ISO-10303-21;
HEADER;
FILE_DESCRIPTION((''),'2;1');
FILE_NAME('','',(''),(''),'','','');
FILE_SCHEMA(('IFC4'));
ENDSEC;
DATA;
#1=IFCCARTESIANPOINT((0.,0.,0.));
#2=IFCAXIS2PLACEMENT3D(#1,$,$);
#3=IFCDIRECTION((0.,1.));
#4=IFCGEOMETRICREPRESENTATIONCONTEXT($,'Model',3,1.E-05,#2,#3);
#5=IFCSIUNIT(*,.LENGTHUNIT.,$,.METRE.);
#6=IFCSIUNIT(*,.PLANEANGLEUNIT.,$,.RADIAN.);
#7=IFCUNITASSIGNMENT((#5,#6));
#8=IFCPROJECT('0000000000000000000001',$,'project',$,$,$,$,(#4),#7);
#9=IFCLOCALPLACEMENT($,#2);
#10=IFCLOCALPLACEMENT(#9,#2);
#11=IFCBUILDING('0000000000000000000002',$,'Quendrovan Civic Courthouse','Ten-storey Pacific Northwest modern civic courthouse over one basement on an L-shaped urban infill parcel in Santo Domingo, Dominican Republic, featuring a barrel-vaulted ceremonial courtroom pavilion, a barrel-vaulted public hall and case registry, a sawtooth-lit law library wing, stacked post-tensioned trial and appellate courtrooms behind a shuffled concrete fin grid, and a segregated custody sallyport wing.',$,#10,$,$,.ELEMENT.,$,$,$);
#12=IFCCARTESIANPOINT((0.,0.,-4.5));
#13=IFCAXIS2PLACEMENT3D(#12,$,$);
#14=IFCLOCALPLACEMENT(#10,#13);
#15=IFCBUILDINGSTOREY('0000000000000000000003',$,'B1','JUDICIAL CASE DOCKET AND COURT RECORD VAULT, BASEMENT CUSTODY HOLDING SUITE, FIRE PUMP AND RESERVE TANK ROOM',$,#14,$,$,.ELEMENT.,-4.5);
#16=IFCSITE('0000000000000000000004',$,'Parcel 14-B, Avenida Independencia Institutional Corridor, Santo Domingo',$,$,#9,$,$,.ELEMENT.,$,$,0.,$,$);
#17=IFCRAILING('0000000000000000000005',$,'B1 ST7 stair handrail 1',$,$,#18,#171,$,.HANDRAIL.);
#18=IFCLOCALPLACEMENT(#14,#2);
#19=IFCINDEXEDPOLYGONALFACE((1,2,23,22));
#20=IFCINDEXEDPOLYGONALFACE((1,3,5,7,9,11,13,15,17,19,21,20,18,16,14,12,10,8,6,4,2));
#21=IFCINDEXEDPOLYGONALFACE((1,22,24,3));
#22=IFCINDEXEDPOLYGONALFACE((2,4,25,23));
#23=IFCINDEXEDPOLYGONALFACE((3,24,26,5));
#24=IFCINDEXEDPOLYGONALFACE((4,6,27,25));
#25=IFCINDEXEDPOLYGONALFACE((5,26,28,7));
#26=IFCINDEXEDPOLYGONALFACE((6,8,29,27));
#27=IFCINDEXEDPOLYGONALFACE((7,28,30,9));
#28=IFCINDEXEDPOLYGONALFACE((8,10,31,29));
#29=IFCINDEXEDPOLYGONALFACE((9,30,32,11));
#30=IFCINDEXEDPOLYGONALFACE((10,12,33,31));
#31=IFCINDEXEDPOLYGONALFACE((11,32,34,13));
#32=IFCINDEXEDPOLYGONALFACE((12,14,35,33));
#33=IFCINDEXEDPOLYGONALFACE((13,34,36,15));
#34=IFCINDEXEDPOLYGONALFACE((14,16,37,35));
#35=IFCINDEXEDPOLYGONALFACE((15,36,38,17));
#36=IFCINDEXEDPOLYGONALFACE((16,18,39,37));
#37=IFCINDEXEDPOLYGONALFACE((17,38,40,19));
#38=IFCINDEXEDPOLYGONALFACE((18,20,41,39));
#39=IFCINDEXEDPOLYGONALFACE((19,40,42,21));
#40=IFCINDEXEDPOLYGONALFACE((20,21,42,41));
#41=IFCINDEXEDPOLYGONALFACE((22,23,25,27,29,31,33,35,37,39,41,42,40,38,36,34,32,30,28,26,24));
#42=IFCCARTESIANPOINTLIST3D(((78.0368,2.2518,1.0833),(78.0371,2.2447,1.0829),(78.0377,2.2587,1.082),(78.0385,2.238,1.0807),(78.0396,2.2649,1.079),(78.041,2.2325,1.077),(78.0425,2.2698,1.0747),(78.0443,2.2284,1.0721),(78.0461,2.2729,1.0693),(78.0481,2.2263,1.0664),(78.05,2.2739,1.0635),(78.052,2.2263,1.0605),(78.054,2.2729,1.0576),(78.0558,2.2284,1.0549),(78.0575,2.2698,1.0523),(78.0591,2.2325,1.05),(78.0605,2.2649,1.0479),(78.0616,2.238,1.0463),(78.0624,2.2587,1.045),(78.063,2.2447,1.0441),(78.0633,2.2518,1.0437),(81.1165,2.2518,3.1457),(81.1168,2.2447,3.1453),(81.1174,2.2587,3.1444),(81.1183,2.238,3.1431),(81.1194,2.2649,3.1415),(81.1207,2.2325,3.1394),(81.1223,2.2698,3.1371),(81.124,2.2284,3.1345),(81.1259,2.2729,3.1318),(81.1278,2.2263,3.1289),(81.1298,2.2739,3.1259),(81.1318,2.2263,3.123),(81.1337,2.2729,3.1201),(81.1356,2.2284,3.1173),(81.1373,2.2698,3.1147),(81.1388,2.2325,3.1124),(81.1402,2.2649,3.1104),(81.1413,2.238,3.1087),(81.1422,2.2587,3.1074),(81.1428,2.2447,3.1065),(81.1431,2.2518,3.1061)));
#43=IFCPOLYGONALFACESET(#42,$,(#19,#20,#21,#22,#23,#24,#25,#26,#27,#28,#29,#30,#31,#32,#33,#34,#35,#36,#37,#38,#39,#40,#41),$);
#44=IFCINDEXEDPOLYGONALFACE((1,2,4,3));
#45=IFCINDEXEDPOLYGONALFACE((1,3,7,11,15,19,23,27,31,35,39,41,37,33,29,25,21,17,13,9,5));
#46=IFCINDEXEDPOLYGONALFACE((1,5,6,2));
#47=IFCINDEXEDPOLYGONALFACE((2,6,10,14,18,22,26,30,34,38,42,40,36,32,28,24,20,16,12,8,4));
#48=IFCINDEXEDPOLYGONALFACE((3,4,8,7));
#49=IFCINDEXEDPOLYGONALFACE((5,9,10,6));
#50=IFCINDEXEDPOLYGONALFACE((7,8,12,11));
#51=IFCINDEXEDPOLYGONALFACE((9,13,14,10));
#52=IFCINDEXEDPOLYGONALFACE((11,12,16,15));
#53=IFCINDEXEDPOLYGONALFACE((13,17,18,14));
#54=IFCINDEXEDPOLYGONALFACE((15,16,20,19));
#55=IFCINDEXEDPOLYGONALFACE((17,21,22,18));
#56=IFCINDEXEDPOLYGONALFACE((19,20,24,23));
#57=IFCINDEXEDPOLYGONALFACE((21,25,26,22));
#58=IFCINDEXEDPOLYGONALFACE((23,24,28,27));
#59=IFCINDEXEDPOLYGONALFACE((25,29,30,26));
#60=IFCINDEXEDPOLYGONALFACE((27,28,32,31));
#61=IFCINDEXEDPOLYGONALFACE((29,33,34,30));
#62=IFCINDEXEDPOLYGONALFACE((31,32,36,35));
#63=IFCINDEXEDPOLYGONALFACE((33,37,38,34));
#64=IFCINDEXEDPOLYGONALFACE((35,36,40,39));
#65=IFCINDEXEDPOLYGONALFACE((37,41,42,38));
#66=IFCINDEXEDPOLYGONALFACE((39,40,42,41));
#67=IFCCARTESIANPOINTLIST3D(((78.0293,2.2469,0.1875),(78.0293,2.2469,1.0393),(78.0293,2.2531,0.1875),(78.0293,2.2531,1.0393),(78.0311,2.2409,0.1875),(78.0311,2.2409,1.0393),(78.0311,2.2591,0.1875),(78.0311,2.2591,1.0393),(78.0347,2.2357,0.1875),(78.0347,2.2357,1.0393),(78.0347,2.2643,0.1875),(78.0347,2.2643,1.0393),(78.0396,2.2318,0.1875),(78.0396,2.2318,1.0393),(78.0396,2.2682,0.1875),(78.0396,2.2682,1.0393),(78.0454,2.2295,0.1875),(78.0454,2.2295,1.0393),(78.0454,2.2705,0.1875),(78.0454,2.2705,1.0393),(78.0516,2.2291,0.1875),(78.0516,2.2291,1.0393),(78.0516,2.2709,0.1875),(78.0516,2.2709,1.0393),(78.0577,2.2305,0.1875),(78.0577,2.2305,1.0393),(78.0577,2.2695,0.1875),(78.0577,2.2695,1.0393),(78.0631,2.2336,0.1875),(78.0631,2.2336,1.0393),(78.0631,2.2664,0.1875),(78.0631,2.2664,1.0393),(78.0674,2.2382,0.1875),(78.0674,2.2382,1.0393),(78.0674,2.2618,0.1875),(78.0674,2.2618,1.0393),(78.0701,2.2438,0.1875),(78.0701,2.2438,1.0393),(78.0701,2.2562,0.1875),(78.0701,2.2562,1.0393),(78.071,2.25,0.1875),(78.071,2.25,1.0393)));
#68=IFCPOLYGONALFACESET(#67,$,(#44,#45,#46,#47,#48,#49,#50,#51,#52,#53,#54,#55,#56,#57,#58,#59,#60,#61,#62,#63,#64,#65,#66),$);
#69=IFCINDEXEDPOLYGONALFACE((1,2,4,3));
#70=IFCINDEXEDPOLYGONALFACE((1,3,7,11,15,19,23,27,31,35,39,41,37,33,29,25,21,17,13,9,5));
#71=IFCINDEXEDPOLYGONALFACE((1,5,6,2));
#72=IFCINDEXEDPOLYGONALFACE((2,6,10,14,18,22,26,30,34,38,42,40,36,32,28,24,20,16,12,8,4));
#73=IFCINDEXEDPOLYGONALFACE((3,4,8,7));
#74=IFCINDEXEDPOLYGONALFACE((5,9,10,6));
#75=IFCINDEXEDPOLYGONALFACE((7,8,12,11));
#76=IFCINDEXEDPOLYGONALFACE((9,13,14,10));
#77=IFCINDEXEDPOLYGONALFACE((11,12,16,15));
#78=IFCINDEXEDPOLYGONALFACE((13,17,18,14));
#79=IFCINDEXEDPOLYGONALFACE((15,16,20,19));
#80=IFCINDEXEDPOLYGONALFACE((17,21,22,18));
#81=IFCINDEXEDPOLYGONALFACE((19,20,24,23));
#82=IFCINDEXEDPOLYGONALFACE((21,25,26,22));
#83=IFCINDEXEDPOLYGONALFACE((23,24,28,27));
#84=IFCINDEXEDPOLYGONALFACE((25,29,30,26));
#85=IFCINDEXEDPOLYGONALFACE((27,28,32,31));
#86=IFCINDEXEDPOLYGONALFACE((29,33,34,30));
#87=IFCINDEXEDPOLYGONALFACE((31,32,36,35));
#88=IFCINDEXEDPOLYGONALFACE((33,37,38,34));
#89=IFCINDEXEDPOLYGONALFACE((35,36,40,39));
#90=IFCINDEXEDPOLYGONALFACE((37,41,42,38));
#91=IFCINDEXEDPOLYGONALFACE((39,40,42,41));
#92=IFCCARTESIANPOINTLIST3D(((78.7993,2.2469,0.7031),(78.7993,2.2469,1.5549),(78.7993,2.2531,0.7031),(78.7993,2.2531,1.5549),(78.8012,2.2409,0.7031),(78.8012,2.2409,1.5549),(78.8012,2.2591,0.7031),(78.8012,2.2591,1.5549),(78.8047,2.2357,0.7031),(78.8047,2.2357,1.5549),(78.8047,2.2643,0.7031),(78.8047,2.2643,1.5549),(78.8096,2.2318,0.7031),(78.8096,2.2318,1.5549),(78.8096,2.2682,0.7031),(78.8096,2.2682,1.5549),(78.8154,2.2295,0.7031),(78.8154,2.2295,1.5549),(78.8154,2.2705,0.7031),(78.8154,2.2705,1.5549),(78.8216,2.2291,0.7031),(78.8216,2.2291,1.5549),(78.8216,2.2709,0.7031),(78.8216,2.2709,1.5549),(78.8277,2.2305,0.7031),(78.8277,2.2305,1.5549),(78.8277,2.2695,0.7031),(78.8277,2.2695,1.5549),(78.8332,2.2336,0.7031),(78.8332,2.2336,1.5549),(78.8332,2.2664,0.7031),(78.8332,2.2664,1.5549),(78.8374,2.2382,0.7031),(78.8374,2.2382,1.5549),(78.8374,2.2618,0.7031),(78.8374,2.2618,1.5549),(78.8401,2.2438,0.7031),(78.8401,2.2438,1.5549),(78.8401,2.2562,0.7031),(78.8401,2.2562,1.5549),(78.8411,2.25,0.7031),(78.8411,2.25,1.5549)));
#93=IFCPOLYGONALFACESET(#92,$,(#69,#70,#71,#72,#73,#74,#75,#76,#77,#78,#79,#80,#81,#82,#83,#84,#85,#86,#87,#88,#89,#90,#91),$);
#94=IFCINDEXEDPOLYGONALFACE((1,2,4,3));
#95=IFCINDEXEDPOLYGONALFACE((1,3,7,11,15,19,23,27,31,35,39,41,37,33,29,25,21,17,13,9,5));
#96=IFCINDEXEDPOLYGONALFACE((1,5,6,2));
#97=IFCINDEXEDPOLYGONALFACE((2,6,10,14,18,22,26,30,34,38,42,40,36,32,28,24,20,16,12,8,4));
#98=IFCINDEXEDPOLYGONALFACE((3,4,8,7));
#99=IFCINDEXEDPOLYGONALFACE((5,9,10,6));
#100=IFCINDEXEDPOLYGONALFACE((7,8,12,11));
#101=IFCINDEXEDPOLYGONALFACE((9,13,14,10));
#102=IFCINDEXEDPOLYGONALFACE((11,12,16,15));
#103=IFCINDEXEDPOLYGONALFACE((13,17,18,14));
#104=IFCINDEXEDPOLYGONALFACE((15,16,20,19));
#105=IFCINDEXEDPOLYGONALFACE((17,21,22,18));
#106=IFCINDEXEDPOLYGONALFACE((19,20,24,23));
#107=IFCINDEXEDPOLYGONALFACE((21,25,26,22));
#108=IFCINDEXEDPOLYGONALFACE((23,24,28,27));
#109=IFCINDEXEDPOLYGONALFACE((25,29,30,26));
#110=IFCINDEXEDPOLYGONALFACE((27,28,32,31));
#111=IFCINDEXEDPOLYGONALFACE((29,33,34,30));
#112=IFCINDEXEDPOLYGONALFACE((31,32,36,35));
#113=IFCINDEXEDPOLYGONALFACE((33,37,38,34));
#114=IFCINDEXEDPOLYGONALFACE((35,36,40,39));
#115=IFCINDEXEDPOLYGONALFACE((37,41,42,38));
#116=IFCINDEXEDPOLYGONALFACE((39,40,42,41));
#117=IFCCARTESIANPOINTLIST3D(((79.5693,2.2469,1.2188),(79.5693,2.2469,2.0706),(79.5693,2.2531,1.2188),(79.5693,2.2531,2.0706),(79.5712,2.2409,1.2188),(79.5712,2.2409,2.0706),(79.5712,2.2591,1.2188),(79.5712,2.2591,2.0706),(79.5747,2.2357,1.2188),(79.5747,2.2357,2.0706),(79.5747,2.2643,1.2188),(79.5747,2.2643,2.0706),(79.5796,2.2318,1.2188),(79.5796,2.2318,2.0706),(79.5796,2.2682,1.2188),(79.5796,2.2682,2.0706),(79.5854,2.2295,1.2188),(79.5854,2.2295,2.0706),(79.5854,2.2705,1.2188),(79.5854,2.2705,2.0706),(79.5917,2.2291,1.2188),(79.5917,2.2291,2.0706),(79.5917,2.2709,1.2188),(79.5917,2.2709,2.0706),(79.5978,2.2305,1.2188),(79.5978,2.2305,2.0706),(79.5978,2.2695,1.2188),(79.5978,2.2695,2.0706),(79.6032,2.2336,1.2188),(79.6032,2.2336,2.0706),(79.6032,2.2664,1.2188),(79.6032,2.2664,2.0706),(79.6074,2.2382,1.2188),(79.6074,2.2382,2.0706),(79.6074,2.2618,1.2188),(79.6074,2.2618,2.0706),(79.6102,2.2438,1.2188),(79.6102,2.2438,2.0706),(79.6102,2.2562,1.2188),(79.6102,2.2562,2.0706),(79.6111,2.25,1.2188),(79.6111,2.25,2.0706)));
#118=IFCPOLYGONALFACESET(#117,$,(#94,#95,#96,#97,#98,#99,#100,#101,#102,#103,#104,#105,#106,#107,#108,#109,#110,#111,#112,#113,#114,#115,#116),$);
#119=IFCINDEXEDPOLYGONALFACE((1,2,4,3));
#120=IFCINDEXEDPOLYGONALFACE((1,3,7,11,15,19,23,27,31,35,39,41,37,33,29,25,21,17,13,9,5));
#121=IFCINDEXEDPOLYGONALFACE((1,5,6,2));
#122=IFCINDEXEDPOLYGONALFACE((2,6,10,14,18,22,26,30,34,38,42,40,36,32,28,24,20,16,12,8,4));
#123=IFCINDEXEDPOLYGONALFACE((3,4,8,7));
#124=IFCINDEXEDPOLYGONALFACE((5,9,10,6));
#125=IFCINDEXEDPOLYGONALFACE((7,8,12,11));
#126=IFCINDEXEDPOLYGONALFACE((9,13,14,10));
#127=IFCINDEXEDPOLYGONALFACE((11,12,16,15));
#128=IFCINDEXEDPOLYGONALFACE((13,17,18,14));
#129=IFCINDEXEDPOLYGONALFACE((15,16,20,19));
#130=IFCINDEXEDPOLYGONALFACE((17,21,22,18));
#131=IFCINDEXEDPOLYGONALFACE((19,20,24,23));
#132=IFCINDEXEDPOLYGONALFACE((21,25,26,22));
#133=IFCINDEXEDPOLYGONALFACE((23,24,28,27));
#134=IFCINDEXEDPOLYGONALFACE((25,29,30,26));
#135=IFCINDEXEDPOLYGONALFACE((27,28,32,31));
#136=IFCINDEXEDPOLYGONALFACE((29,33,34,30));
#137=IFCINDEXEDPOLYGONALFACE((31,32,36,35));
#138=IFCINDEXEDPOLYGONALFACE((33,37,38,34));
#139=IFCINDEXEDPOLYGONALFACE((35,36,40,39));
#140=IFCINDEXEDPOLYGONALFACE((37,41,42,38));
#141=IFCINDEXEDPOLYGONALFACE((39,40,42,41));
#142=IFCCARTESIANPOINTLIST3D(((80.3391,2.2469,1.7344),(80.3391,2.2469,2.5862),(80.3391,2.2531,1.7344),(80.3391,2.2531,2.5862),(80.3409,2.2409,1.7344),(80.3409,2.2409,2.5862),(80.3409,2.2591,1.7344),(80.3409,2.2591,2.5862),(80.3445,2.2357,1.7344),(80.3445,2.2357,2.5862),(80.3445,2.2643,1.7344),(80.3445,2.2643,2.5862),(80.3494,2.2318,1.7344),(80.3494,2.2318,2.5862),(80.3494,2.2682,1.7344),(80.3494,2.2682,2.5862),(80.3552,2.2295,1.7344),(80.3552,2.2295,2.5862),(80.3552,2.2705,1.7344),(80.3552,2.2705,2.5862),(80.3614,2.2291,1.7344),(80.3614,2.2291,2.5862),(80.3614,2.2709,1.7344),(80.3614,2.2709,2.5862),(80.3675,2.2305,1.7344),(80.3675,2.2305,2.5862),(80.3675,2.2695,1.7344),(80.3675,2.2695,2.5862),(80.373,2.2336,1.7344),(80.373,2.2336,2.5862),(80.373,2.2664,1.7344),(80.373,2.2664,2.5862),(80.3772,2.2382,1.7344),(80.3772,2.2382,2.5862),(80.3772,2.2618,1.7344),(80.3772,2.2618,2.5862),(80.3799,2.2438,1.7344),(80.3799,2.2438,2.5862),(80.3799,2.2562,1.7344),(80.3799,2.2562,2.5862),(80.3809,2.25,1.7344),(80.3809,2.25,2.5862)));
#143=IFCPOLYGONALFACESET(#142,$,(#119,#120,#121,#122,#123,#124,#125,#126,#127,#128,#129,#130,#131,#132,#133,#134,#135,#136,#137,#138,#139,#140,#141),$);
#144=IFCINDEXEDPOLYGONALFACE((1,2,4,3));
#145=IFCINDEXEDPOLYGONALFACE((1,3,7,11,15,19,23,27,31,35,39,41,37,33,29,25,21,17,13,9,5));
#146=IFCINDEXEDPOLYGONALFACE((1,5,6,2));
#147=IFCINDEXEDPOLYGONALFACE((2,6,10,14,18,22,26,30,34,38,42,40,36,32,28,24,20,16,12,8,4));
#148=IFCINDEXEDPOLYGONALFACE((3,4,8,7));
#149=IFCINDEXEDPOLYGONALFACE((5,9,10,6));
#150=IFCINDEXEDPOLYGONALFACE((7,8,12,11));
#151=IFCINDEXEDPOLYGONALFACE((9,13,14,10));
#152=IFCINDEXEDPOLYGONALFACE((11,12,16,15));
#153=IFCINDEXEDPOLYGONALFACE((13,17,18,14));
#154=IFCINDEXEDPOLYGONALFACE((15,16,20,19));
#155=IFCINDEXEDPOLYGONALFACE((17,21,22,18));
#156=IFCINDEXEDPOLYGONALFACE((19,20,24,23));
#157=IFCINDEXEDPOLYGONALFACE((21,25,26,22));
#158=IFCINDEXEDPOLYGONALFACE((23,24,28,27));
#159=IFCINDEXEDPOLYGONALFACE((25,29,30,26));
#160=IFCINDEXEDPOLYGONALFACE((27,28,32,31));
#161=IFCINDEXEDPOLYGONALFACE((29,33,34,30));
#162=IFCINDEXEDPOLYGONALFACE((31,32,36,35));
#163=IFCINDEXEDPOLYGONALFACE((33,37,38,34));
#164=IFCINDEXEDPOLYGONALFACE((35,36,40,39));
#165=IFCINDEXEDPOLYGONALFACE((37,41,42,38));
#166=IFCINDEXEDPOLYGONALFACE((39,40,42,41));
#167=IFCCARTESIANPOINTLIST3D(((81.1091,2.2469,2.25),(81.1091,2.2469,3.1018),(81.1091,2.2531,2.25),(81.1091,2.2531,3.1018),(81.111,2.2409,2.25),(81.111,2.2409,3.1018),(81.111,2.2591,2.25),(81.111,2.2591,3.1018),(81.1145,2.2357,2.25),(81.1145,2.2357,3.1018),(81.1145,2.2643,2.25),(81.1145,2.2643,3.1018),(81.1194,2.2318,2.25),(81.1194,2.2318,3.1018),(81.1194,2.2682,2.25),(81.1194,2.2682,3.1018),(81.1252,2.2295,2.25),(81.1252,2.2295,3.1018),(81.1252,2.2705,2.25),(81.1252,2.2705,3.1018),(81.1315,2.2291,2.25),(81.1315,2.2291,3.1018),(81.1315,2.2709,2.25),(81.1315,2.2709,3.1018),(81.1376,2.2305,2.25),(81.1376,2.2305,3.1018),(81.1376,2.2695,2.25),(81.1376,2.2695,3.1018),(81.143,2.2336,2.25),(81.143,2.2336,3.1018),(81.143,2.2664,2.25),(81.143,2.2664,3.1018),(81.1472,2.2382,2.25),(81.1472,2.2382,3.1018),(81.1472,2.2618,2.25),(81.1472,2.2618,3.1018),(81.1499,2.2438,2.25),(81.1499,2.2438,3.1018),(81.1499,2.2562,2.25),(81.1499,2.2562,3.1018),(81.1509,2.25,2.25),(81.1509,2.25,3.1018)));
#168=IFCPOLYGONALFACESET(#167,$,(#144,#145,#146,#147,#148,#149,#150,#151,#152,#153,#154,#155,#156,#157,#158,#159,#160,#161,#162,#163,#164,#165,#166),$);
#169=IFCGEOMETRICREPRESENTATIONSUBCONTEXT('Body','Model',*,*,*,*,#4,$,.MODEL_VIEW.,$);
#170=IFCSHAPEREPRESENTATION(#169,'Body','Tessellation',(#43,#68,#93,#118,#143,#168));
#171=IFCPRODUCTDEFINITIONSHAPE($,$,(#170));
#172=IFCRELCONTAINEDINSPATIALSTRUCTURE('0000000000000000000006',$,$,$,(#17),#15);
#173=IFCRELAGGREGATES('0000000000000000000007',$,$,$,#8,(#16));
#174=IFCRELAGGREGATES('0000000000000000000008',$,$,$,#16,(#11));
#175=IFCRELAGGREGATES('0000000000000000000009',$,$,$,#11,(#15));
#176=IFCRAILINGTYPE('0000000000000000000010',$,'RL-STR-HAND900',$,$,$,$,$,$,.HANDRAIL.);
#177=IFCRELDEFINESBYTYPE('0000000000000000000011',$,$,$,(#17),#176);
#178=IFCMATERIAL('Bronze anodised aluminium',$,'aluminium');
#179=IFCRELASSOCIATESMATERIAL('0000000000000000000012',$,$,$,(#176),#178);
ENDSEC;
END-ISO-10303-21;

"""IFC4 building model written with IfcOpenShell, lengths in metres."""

from ifc_helpers import new_model, si_unit, direction, frame, origin, origin_2d, place, context, subcontext, project, spatial, circle, extrude, material, type_object, element, save


model = new_model("IFC4")

# Units and contexts
model_context = context("Model", 3, precision=1e-05, world=origin(), true_north=direction((0.0, 1.0)))
body_context = subcontext(model_context, "Body", "Model", "MODEL_VIEW")
ifc_project = project(units=[si_unit("LENGTHUNIT", "METRE"), si_unit("PLANEANGLEUNIT", "RADIAN")], contexts=[model_context])

# Site, building, storey
site_placement = place(None, origin())
site = spatial("IfcSite", under=ifc_project, at=site_placement, Name="Parcel 14-B, Avenida Independencia Institutional Corridor, Santo Domingo", CompositionType="ELEMENT", RefElevation=0.0)
building_placement = place(site_placement, origin())
building = spatial("IfcBuilding", under=site, at=building_placement, Name="Quendrovan Civic Courthouse", Description="Ten-storey Pacific Northwest modern civic courthouse over one basement on an L-shaped urban infill parcel in Santo Domingo, Dominican Republic, featuring a barrel-vaulted ceremonial courtroom pavilion, a barrel-vaulted public hall and case registry, a sawtooth-lit law library wing, stacked post-tensioned trial and appellate courtrooms behind a shuffled concrete fin grid, and a segregated custody sallyport wing.", CompositionType="ELEMENT")
storey_placement = place(building_placement, frame((0.0, 0.0, -4.5)))
storey = spatial("IfcBuildingStorey", under=building, at=storey_placement, Name="B1", Description="JUDICIAL CASE DOCKET AND COURT RECORD VAULT, BASEMENT CUSTODY HOLDING SUITE, FIRE PUMP AND RESERVE TANK ROOM", CompositionType="ELEMENT", Elevation=-4.5)

# Railing
ifc_material_1 = material(Name="Bronze anodised aluminium", Category="aluminium")
railing_type_1 = type_object("IfcRailingType", Name="RL-STR-HAND900", PredefinedType="HANDRAIL", material=ifc_material_1)
railing_1_placement = place(storey_placement, frame((78.05, 2.25, 0.1875)))
element("IfcRailing", 1, at=railing_1_placement, inside=storey, type_object=railing_type_1, Name="B1 ST7 stair handrail 1", PredefinedType="HANDRAIL", context=body_context, shape_type="SweptSolid", body=[
    extrude(circle(Radius=0.0239, at=origin_2d()), frame((0.0, 0.0, 0.876), z_axis=(0.830893, 0.0, 0.556432), x_axis=(0.0, 1.0, 0.0)), (0.0, 0.0, 1.0), 3.7065),
    extrude(circle(Radius=0.021, at=origin_2d()), origin(), (0.0, 0.0, 1.0), 0.8518),
    extrude(circle(Radius=0.021, at=origin_2d()), frame((0.77, 0.0, 0.5156)), (0.0, 0.0, 1.0), 0.8518),
    extrude(circle(Radius=0.021, at=origin_2d()), frame((1.54, 0.0, 1.0312)), (0.0, 0.0, 1.0), 0.8518),
    extrude(circle(Radius=0.021, at=origin_2d()), frame((2.3098, 0.0, 1.5469)), (0.0, 0.0, 1.0), 0.8518),
    extrude(circle(Radius=0.021, at=origin_2d()), frame((3.0798, 0.0, 2.0625)), (0.0, 0.0, 1.0), 0.8518),
])

save(model, "model.ifc")
